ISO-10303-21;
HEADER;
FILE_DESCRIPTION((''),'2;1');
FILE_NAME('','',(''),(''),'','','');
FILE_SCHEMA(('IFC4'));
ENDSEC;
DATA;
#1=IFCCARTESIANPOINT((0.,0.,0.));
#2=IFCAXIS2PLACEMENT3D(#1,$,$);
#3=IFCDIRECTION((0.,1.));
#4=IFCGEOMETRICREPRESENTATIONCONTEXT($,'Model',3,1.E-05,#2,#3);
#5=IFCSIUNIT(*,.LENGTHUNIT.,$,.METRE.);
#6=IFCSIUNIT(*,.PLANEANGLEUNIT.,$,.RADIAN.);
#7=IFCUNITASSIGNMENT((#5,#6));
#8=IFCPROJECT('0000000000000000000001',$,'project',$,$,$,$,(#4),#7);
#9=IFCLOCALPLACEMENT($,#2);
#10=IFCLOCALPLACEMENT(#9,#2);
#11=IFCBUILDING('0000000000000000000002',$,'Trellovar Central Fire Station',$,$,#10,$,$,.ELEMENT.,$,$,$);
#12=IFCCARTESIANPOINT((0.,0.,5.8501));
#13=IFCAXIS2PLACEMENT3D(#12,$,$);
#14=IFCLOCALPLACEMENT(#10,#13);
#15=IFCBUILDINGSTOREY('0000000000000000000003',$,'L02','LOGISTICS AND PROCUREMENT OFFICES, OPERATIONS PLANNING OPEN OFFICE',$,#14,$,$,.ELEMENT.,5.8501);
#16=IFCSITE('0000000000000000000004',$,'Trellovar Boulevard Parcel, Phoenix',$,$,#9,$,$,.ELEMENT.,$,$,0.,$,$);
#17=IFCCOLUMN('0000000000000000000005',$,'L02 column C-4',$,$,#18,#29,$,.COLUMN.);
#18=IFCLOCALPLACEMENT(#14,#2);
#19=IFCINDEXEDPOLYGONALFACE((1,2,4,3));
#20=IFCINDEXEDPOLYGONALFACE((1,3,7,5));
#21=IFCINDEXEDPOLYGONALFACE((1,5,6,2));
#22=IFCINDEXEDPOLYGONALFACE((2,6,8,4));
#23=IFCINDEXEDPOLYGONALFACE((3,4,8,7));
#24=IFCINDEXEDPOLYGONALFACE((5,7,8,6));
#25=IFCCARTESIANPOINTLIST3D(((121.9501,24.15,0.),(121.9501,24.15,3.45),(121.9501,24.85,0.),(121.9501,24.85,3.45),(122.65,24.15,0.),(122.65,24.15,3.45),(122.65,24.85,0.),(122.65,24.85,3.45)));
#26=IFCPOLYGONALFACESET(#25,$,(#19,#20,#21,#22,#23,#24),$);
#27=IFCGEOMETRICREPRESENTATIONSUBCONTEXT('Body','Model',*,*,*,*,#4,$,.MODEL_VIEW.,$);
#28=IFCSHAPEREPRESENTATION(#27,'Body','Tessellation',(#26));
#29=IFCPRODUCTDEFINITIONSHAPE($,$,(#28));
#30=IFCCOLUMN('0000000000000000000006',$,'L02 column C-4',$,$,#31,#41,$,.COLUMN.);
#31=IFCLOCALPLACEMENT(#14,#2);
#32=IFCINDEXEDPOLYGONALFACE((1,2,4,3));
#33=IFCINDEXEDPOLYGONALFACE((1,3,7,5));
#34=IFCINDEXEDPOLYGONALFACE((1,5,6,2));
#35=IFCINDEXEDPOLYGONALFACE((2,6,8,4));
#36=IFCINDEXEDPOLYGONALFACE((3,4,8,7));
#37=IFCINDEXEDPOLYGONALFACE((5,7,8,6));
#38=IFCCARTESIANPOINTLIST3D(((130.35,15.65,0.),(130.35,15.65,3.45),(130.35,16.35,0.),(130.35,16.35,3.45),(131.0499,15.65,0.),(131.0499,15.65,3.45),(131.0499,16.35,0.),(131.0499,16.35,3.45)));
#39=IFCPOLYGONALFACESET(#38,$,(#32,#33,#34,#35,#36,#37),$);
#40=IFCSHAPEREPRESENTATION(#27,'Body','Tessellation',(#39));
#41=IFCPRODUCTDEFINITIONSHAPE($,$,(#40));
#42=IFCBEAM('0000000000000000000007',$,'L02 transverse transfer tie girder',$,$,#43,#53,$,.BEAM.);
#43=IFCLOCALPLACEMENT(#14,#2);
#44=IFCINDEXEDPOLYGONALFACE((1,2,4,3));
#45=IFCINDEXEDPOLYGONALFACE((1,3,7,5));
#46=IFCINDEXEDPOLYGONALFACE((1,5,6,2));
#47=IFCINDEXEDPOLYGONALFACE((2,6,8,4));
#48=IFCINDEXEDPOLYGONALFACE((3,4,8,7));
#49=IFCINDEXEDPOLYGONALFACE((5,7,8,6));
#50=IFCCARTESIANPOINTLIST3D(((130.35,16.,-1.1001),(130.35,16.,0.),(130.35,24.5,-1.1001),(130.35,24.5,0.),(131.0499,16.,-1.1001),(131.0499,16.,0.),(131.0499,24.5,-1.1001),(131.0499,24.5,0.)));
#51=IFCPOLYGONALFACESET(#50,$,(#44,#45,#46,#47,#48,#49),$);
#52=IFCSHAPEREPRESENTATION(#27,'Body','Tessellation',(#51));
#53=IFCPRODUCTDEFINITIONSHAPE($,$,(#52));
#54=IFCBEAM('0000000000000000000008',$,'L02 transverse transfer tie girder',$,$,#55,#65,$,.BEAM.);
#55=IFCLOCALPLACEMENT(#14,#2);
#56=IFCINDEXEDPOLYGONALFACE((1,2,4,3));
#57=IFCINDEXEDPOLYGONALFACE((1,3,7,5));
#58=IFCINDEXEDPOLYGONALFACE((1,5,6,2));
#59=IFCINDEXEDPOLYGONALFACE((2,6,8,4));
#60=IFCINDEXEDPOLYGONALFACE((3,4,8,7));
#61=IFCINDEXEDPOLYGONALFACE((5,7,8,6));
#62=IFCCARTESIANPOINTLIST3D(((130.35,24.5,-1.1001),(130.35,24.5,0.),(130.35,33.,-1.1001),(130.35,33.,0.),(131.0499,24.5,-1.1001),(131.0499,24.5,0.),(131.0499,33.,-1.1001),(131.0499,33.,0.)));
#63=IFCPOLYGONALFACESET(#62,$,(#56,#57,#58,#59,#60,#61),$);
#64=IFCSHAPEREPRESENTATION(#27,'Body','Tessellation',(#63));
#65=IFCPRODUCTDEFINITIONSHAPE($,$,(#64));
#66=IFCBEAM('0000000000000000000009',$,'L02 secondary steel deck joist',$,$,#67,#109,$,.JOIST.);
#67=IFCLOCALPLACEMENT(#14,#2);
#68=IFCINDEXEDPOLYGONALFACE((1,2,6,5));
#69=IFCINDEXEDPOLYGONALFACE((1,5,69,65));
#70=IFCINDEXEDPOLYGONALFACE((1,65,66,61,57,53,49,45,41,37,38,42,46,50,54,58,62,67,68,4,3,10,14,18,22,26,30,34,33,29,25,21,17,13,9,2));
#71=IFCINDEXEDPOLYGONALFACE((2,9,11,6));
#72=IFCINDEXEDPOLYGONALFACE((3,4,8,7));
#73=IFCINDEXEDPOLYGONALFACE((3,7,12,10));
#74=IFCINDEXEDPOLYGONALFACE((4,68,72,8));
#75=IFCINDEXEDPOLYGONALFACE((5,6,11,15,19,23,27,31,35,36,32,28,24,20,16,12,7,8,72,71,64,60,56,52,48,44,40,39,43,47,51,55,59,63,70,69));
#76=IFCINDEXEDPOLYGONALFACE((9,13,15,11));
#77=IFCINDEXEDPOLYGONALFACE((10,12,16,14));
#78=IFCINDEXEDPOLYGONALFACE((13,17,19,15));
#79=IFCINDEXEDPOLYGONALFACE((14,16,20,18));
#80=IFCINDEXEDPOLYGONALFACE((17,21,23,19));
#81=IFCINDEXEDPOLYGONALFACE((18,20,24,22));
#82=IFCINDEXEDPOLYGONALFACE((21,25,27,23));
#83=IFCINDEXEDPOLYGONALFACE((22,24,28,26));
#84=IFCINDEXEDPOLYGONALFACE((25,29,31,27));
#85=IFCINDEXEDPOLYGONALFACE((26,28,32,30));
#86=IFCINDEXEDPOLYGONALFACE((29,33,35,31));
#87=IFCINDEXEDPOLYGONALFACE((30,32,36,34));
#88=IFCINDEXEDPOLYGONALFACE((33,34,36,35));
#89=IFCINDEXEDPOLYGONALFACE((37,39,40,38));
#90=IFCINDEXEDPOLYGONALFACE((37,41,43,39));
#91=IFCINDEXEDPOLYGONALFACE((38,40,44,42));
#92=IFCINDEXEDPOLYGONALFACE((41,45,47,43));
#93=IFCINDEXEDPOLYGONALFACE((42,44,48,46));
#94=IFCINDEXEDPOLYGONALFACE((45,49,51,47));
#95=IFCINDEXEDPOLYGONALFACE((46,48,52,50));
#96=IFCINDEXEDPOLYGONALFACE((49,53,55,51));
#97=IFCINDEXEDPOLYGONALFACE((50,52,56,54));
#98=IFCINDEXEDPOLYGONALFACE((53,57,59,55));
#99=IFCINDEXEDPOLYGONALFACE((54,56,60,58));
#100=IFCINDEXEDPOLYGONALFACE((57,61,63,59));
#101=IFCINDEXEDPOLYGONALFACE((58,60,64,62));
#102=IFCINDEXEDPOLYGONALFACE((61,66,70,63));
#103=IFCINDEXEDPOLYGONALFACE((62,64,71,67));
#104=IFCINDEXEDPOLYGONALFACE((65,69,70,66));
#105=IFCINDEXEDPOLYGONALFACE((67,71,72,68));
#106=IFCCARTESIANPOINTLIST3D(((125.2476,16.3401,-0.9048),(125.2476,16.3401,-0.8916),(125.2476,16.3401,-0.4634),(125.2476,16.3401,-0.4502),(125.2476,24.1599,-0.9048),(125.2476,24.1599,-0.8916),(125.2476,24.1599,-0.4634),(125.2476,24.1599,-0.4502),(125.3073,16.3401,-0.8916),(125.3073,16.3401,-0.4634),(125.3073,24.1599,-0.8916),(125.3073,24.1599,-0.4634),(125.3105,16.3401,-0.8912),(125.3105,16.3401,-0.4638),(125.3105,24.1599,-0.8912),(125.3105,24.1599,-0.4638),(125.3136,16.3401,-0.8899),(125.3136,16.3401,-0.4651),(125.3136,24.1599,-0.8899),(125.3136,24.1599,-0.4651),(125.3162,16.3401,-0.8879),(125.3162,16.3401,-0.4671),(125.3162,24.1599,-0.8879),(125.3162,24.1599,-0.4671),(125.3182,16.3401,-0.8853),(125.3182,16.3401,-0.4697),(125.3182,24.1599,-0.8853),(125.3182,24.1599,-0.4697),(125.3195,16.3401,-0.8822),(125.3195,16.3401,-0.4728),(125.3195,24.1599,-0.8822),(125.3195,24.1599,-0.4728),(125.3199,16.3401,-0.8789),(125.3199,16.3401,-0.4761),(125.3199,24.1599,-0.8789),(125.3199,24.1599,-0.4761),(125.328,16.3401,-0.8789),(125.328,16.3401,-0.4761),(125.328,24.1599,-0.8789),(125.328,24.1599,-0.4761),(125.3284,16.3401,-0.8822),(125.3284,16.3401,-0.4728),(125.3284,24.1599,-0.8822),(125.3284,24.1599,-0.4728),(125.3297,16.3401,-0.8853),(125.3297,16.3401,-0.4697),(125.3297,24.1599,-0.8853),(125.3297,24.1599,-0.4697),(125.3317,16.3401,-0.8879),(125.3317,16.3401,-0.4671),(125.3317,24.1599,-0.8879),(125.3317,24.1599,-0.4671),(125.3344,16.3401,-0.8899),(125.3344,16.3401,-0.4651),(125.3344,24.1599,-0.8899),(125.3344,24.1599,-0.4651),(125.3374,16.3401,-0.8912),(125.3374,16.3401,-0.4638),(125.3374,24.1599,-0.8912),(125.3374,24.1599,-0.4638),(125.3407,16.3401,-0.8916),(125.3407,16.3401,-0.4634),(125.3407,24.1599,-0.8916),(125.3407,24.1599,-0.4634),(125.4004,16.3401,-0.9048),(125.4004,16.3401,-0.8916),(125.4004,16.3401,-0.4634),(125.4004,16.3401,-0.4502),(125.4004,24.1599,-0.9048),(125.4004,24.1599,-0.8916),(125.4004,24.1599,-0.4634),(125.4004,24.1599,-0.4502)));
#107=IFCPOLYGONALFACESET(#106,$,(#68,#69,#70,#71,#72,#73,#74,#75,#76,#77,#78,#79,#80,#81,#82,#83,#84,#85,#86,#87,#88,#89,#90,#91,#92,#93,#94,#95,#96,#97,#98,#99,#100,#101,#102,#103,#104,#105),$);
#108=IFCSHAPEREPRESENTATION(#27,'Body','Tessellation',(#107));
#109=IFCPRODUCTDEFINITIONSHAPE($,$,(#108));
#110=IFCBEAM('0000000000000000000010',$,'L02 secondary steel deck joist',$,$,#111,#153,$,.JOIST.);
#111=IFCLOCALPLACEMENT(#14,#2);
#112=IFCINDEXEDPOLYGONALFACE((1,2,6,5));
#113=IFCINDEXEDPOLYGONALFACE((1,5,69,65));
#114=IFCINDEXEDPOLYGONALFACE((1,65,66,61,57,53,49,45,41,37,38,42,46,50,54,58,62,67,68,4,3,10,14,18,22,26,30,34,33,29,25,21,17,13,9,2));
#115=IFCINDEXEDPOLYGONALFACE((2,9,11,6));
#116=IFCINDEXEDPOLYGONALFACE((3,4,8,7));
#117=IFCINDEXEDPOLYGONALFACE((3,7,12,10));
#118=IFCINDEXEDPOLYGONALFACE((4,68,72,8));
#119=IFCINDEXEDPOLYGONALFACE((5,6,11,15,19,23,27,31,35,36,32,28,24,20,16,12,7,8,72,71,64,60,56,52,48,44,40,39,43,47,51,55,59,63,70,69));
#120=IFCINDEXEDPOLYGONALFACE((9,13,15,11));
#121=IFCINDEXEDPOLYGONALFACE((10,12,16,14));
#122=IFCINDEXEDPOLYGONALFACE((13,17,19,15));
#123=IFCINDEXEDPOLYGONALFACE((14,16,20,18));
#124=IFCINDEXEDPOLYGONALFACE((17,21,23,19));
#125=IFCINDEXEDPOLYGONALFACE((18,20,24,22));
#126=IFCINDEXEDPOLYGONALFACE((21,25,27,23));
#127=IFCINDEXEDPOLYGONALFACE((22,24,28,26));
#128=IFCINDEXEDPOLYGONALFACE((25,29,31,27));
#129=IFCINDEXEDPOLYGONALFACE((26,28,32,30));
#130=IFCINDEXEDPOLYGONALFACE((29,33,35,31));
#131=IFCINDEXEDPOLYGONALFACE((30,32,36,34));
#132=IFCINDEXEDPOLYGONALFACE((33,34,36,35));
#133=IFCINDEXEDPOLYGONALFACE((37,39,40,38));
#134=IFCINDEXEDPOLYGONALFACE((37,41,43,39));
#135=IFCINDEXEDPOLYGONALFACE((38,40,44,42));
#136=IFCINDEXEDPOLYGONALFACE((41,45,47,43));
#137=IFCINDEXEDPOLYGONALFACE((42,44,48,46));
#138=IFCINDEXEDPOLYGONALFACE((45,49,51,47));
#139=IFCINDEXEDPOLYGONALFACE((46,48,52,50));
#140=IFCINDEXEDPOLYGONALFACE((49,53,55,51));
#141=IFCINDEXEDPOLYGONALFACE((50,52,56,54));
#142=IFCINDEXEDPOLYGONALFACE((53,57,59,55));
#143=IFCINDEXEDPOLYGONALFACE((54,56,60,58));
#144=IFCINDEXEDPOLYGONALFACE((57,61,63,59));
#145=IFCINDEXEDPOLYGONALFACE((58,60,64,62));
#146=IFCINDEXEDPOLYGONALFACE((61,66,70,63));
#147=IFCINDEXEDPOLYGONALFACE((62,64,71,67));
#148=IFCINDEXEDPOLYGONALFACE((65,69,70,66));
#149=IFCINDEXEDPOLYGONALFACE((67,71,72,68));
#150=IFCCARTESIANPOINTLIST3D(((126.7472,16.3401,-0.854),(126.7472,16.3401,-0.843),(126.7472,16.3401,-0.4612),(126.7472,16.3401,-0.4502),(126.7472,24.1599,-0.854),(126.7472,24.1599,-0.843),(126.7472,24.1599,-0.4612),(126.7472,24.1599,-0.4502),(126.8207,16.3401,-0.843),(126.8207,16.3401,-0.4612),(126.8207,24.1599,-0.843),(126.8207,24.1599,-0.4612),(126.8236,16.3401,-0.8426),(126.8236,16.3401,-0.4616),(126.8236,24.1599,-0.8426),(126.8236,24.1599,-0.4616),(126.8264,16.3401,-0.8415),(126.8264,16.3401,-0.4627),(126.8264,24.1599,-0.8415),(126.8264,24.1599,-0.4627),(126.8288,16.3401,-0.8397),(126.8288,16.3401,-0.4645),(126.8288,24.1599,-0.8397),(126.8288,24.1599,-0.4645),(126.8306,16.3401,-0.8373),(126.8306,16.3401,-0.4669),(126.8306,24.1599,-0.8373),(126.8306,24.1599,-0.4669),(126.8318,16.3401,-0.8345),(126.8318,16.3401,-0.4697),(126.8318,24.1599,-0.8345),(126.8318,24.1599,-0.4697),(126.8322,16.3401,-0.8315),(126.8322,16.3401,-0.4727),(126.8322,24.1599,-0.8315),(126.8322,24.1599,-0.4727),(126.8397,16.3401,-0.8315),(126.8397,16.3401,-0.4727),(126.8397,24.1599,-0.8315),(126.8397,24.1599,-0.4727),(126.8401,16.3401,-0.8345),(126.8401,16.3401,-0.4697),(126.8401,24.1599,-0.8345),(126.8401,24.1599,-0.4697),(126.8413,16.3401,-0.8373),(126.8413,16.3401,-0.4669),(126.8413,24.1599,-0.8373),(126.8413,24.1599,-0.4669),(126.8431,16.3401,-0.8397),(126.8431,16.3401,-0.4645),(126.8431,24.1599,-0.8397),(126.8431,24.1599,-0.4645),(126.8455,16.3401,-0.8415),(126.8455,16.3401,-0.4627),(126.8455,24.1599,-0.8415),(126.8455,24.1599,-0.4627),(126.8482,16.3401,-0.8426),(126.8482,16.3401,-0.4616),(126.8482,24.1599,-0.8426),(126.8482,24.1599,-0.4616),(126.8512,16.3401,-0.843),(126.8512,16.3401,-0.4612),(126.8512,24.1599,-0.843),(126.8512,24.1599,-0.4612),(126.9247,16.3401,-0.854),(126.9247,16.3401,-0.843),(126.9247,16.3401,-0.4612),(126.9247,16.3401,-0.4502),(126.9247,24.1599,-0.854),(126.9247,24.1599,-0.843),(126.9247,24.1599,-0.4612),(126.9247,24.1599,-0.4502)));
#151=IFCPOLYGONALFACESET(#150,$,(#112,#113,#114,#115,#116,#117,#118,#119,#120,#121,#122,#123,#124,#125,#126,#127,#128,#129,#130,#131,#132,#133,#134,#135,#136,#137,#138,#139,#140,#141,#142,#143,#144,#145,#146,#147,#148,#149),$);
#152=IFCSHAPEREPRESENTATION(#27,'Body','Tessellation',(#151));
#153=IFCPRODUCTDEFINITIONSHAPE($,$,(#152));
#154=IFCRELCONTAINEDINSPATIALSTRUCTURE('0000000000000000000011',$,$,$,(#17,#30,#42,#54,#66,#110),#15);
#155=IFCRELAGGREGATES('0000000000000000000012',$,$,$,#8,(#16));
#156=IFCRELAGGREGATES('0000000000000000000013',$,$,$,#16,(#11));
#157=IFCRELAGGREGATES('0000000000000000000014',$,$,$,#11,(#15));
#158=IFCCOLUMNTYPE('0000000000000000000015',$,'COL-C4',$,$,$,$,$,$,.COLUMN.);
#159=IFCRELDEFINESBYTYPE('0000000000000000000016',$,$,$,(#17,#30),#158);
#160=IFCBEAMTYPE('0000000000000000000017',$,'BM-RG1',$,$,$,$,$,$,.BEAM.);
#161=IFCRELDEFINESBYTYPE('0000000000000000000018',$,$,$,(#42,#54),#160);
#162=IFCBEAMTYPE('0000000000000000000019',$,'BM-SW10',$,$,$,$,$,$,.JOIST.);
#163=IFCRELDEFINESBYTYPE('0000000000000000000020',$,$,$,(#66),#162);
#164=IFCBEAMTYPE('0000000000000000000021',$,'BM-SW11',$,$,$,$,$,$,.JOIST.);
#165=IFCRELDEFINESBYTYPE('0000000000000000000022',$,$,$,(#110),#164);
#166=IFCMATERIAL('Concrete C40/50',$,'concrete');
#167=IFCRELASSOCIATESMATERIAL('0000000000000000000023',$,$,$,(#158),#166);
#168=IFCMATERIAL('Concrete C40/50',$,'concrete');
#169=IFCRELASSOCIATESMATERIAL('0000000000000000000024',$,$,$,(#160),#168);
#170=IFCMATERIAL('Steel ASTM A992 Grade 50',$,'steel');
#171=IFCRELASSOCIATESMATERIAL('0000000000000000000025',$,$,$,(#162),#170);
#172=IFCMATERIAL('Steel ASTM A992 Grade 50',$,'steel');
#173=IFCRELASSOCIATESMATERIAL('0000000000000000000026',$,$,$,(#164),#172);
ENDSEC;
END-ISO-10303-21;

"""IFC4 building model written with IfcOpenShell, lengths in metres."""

from ifc_helpers import new_model, si_unit, direction, frame, origin, origin_2d, place, context, subcontext, project, spatial, rectangle, i_section, extrude, material, material_profile, profile_set, type_object, element, save


model = new_model("IFC4")

# Units and contexts
model_context = context("Model", 3, precision=1e-05, world=origin(), true_north=direction((0.0, 1.0)))
body_context = subcontext(model_context, "Body", "Model", "MODEL_VIEW")
ifc_project = project(units=[si_unit("LENGTHUNIT", "METRE"), si_unit("PLANEANGLEUNIT", "RADIAN")], contexts=[model_context])

# Site, building, storey
site_placement = place(None, origin())
site = spatial("IfcSite", under=ifc_project, at=site_placement, Name="Trellovar Boulevard Parcel, Phoenix", CompositionType="ELEMENT", RefElevation=0.0)
building_placement = place(site_placement, origin())
building = spatial("IfcBuilding", under=site, at=building_placement, Name="Trellovar Central Fire Station", CompositionType="ELEMENT")
storey_placement = place(building_placement, frame((0.0, 0.0, 5.8501)))
storey = spatial("IfcBuildingStorey", under=building, at=storey_placement, Name="L02", Description="LOGISTICS AND PROCUREMENT OFFICES, OPERATIONS PLANNING OPEN OFFICE", CompositionType="ELEMENT", Elevation=5.8501)

# Columns
ifc_material_1 = material(Name="Concrete C40/50", Category="concrete")
ifc_material_profile_1 = material_profile(ifc_material_1, rectangle(XDim=0.7, YDim=0.7, at=origin_2d()), Name="RC700X700")
ifc_profile_set_1 = profile_set([ifc_material_profile_1], Name="Concrete C40/50")
column_type = type_object("IfcColumnType", Name="COL-C4", PredefinedType="COLUMN", material=ifc_profile_set_1)
for number, where, z_axis, x_axis, name in (
    (1, (122.3, 24.5, 0.0), (0.0, 0.0, 1.0), (1.0, 0.0, 0.0), "L02 column C-4"),
    (2, (130.7, 16.0, 0.0), (0.0, 0.0, 1.0), (1.0, 0.0, 0.0), "L02 column C-4"),
):
    element("IfcColumn", number, at=place(storey_placement, frame(where, z_axis=z_axis, x_axis=x_axis)), inside=storey, type_object=column_type, Name=name, PredefinedType="COLUMN", context=body_context, shape_type="SweptSolid", body=[
        extrude(rectangle(XDim=0.7, YDim=0.7, at=origin_2d()), origin(), (0.0, 0.0, 1.0), 3.45),
    ])

# Beams
ifc_material_2 = material(Name="Concrete C40/50", Category="concrete")
ifc_material_profile_2 = material_profile(ifc_material_2, rectangle(XDim=0.7, YDim=1.1001, at=origin_2d()), Name="RC700X1100")
ifc_profile_set_2 = profile_set([ifc_material_profile_2], Name="Concrete C40/50")
beam_type_1 = type_object("IfcBeamType", Name="BM-RG1", PredefinedType="BEAM", material=ifc_profile_set_2)
for number, where, z_axis, x_axis, name in (
    (3, (130.7, 16.0, -0.55), (0.0, 1.0, 0.0), (-1.0, 0.0, 0.0), "L02 transverse transfer tie girder"),
    (4, (130.7, 24.5, -0.55), (0.0, 1.0, 0.0), (-1.0, 0.0, 0.0), "L02 transverse transfer tie girder"),
):
    element("IfcBeam", number, at=place(storey_placement, frame(where, z_axis=z_axis, x_axis=x_axis)), inside=storey, type_object=beam_type_1, Name=name, PredefinedType="BEAM", context=body_context, shape_type="SweptSolid", body=[
        extrude(rectangle(XDim=0.7, YDim=1.1001, at=origin_2d()), origin(), (0.0, 0.0, 1.0), 8.5),
    ])
ifc_material_3 = material(Name="Steel ASTM A992 Grade 50", Category="steel")
ifc_material_profile_3 = material_profile(ifc_material_3, i_section(OverallWidth=0.1528, OverallDepth=0.4546, WebThickness=0.0081, FlangeThickness=0.0132, FilletRadius=0.0127, at=origin_2d()), Name="W18X40")
ifc_profile_set_3 = profile_set([ifc_material_profile_3], Name="Steel ASTM A992 Grade 50")
beam_type_2 = type_object("IfcBeamType", Name="BM-SW10", PredefinedType="JOIST", material=ifc_profile_set_3)
beam_1_placement = place(storey_placement, frame((125.324, 16.3401, -0.6775), z_axis=(0.0, 1.0, 0.0), x_axis=(-1.0, 0.0, 0.0)))
element("IfcBeam", 5, at=beam_1_placement, inside=storey, type_object=beam_type_2, Name="L02 secondary steel deck joist", PredefinedType="JOIST", context=body_context, shape_type="SweptSolid", body=[
    extrude(i_section(OverallWidth=0.1528, OverallDepth=0.4546, WebThickness=0.0081, FlangeThickness=0.0132, FilletRadius=0.0127, at=origin_2d()), origin(), (0.0, 0.0, 1.0), 7.8198),
])
ifc_material_4 = material(Name="Steel ASTM A992 Grade 50", Category="steel")
ifc_material_profile_4 = material_profile(ifc_material_4, i_section(OverallWidth=0.1775, OverallDepth=0.4038, WebThickness=0.0076, FlangeThickness=0.011, FilletRadius=0.0115, at=origin_2d()), Name="W16X36")
ifc_profile_set_4 = profile_set([ifc_material_profile_4], Name="Steel ASTM A992 Grade 50")
beam_type_3 = type_object("IfcBeamType", Name="BM-SW11", PredefinedType="JOIST", material=ifc_profile_set_4)
beam_2_placement = place(storey_placement, frame((126.8359, 16.3401, -0.6521), z_axis=(0.0, 1.0, 0.0), x_axis=(-1.0, 0.0, 0.0)))
element("IfcBeam", 6, at=beam_2_placement, inside=storey, type_object=beam_type_3, Name="L02 secondary steel deck joist", PredefinedType="JOIST", context=body_context, shape_type="SweptSolid", body=[
    extrude(i_section(OverallWidth=0.1775, OverallDepth=0.4038, WebThickness=0.0076, FlangeThickness=0.011, FilletRadius=0.0115, at=origin_2d()), origin(), (0.0, 0.0, 1.0), 7.8198),
])

save(model, "model.ifc")
